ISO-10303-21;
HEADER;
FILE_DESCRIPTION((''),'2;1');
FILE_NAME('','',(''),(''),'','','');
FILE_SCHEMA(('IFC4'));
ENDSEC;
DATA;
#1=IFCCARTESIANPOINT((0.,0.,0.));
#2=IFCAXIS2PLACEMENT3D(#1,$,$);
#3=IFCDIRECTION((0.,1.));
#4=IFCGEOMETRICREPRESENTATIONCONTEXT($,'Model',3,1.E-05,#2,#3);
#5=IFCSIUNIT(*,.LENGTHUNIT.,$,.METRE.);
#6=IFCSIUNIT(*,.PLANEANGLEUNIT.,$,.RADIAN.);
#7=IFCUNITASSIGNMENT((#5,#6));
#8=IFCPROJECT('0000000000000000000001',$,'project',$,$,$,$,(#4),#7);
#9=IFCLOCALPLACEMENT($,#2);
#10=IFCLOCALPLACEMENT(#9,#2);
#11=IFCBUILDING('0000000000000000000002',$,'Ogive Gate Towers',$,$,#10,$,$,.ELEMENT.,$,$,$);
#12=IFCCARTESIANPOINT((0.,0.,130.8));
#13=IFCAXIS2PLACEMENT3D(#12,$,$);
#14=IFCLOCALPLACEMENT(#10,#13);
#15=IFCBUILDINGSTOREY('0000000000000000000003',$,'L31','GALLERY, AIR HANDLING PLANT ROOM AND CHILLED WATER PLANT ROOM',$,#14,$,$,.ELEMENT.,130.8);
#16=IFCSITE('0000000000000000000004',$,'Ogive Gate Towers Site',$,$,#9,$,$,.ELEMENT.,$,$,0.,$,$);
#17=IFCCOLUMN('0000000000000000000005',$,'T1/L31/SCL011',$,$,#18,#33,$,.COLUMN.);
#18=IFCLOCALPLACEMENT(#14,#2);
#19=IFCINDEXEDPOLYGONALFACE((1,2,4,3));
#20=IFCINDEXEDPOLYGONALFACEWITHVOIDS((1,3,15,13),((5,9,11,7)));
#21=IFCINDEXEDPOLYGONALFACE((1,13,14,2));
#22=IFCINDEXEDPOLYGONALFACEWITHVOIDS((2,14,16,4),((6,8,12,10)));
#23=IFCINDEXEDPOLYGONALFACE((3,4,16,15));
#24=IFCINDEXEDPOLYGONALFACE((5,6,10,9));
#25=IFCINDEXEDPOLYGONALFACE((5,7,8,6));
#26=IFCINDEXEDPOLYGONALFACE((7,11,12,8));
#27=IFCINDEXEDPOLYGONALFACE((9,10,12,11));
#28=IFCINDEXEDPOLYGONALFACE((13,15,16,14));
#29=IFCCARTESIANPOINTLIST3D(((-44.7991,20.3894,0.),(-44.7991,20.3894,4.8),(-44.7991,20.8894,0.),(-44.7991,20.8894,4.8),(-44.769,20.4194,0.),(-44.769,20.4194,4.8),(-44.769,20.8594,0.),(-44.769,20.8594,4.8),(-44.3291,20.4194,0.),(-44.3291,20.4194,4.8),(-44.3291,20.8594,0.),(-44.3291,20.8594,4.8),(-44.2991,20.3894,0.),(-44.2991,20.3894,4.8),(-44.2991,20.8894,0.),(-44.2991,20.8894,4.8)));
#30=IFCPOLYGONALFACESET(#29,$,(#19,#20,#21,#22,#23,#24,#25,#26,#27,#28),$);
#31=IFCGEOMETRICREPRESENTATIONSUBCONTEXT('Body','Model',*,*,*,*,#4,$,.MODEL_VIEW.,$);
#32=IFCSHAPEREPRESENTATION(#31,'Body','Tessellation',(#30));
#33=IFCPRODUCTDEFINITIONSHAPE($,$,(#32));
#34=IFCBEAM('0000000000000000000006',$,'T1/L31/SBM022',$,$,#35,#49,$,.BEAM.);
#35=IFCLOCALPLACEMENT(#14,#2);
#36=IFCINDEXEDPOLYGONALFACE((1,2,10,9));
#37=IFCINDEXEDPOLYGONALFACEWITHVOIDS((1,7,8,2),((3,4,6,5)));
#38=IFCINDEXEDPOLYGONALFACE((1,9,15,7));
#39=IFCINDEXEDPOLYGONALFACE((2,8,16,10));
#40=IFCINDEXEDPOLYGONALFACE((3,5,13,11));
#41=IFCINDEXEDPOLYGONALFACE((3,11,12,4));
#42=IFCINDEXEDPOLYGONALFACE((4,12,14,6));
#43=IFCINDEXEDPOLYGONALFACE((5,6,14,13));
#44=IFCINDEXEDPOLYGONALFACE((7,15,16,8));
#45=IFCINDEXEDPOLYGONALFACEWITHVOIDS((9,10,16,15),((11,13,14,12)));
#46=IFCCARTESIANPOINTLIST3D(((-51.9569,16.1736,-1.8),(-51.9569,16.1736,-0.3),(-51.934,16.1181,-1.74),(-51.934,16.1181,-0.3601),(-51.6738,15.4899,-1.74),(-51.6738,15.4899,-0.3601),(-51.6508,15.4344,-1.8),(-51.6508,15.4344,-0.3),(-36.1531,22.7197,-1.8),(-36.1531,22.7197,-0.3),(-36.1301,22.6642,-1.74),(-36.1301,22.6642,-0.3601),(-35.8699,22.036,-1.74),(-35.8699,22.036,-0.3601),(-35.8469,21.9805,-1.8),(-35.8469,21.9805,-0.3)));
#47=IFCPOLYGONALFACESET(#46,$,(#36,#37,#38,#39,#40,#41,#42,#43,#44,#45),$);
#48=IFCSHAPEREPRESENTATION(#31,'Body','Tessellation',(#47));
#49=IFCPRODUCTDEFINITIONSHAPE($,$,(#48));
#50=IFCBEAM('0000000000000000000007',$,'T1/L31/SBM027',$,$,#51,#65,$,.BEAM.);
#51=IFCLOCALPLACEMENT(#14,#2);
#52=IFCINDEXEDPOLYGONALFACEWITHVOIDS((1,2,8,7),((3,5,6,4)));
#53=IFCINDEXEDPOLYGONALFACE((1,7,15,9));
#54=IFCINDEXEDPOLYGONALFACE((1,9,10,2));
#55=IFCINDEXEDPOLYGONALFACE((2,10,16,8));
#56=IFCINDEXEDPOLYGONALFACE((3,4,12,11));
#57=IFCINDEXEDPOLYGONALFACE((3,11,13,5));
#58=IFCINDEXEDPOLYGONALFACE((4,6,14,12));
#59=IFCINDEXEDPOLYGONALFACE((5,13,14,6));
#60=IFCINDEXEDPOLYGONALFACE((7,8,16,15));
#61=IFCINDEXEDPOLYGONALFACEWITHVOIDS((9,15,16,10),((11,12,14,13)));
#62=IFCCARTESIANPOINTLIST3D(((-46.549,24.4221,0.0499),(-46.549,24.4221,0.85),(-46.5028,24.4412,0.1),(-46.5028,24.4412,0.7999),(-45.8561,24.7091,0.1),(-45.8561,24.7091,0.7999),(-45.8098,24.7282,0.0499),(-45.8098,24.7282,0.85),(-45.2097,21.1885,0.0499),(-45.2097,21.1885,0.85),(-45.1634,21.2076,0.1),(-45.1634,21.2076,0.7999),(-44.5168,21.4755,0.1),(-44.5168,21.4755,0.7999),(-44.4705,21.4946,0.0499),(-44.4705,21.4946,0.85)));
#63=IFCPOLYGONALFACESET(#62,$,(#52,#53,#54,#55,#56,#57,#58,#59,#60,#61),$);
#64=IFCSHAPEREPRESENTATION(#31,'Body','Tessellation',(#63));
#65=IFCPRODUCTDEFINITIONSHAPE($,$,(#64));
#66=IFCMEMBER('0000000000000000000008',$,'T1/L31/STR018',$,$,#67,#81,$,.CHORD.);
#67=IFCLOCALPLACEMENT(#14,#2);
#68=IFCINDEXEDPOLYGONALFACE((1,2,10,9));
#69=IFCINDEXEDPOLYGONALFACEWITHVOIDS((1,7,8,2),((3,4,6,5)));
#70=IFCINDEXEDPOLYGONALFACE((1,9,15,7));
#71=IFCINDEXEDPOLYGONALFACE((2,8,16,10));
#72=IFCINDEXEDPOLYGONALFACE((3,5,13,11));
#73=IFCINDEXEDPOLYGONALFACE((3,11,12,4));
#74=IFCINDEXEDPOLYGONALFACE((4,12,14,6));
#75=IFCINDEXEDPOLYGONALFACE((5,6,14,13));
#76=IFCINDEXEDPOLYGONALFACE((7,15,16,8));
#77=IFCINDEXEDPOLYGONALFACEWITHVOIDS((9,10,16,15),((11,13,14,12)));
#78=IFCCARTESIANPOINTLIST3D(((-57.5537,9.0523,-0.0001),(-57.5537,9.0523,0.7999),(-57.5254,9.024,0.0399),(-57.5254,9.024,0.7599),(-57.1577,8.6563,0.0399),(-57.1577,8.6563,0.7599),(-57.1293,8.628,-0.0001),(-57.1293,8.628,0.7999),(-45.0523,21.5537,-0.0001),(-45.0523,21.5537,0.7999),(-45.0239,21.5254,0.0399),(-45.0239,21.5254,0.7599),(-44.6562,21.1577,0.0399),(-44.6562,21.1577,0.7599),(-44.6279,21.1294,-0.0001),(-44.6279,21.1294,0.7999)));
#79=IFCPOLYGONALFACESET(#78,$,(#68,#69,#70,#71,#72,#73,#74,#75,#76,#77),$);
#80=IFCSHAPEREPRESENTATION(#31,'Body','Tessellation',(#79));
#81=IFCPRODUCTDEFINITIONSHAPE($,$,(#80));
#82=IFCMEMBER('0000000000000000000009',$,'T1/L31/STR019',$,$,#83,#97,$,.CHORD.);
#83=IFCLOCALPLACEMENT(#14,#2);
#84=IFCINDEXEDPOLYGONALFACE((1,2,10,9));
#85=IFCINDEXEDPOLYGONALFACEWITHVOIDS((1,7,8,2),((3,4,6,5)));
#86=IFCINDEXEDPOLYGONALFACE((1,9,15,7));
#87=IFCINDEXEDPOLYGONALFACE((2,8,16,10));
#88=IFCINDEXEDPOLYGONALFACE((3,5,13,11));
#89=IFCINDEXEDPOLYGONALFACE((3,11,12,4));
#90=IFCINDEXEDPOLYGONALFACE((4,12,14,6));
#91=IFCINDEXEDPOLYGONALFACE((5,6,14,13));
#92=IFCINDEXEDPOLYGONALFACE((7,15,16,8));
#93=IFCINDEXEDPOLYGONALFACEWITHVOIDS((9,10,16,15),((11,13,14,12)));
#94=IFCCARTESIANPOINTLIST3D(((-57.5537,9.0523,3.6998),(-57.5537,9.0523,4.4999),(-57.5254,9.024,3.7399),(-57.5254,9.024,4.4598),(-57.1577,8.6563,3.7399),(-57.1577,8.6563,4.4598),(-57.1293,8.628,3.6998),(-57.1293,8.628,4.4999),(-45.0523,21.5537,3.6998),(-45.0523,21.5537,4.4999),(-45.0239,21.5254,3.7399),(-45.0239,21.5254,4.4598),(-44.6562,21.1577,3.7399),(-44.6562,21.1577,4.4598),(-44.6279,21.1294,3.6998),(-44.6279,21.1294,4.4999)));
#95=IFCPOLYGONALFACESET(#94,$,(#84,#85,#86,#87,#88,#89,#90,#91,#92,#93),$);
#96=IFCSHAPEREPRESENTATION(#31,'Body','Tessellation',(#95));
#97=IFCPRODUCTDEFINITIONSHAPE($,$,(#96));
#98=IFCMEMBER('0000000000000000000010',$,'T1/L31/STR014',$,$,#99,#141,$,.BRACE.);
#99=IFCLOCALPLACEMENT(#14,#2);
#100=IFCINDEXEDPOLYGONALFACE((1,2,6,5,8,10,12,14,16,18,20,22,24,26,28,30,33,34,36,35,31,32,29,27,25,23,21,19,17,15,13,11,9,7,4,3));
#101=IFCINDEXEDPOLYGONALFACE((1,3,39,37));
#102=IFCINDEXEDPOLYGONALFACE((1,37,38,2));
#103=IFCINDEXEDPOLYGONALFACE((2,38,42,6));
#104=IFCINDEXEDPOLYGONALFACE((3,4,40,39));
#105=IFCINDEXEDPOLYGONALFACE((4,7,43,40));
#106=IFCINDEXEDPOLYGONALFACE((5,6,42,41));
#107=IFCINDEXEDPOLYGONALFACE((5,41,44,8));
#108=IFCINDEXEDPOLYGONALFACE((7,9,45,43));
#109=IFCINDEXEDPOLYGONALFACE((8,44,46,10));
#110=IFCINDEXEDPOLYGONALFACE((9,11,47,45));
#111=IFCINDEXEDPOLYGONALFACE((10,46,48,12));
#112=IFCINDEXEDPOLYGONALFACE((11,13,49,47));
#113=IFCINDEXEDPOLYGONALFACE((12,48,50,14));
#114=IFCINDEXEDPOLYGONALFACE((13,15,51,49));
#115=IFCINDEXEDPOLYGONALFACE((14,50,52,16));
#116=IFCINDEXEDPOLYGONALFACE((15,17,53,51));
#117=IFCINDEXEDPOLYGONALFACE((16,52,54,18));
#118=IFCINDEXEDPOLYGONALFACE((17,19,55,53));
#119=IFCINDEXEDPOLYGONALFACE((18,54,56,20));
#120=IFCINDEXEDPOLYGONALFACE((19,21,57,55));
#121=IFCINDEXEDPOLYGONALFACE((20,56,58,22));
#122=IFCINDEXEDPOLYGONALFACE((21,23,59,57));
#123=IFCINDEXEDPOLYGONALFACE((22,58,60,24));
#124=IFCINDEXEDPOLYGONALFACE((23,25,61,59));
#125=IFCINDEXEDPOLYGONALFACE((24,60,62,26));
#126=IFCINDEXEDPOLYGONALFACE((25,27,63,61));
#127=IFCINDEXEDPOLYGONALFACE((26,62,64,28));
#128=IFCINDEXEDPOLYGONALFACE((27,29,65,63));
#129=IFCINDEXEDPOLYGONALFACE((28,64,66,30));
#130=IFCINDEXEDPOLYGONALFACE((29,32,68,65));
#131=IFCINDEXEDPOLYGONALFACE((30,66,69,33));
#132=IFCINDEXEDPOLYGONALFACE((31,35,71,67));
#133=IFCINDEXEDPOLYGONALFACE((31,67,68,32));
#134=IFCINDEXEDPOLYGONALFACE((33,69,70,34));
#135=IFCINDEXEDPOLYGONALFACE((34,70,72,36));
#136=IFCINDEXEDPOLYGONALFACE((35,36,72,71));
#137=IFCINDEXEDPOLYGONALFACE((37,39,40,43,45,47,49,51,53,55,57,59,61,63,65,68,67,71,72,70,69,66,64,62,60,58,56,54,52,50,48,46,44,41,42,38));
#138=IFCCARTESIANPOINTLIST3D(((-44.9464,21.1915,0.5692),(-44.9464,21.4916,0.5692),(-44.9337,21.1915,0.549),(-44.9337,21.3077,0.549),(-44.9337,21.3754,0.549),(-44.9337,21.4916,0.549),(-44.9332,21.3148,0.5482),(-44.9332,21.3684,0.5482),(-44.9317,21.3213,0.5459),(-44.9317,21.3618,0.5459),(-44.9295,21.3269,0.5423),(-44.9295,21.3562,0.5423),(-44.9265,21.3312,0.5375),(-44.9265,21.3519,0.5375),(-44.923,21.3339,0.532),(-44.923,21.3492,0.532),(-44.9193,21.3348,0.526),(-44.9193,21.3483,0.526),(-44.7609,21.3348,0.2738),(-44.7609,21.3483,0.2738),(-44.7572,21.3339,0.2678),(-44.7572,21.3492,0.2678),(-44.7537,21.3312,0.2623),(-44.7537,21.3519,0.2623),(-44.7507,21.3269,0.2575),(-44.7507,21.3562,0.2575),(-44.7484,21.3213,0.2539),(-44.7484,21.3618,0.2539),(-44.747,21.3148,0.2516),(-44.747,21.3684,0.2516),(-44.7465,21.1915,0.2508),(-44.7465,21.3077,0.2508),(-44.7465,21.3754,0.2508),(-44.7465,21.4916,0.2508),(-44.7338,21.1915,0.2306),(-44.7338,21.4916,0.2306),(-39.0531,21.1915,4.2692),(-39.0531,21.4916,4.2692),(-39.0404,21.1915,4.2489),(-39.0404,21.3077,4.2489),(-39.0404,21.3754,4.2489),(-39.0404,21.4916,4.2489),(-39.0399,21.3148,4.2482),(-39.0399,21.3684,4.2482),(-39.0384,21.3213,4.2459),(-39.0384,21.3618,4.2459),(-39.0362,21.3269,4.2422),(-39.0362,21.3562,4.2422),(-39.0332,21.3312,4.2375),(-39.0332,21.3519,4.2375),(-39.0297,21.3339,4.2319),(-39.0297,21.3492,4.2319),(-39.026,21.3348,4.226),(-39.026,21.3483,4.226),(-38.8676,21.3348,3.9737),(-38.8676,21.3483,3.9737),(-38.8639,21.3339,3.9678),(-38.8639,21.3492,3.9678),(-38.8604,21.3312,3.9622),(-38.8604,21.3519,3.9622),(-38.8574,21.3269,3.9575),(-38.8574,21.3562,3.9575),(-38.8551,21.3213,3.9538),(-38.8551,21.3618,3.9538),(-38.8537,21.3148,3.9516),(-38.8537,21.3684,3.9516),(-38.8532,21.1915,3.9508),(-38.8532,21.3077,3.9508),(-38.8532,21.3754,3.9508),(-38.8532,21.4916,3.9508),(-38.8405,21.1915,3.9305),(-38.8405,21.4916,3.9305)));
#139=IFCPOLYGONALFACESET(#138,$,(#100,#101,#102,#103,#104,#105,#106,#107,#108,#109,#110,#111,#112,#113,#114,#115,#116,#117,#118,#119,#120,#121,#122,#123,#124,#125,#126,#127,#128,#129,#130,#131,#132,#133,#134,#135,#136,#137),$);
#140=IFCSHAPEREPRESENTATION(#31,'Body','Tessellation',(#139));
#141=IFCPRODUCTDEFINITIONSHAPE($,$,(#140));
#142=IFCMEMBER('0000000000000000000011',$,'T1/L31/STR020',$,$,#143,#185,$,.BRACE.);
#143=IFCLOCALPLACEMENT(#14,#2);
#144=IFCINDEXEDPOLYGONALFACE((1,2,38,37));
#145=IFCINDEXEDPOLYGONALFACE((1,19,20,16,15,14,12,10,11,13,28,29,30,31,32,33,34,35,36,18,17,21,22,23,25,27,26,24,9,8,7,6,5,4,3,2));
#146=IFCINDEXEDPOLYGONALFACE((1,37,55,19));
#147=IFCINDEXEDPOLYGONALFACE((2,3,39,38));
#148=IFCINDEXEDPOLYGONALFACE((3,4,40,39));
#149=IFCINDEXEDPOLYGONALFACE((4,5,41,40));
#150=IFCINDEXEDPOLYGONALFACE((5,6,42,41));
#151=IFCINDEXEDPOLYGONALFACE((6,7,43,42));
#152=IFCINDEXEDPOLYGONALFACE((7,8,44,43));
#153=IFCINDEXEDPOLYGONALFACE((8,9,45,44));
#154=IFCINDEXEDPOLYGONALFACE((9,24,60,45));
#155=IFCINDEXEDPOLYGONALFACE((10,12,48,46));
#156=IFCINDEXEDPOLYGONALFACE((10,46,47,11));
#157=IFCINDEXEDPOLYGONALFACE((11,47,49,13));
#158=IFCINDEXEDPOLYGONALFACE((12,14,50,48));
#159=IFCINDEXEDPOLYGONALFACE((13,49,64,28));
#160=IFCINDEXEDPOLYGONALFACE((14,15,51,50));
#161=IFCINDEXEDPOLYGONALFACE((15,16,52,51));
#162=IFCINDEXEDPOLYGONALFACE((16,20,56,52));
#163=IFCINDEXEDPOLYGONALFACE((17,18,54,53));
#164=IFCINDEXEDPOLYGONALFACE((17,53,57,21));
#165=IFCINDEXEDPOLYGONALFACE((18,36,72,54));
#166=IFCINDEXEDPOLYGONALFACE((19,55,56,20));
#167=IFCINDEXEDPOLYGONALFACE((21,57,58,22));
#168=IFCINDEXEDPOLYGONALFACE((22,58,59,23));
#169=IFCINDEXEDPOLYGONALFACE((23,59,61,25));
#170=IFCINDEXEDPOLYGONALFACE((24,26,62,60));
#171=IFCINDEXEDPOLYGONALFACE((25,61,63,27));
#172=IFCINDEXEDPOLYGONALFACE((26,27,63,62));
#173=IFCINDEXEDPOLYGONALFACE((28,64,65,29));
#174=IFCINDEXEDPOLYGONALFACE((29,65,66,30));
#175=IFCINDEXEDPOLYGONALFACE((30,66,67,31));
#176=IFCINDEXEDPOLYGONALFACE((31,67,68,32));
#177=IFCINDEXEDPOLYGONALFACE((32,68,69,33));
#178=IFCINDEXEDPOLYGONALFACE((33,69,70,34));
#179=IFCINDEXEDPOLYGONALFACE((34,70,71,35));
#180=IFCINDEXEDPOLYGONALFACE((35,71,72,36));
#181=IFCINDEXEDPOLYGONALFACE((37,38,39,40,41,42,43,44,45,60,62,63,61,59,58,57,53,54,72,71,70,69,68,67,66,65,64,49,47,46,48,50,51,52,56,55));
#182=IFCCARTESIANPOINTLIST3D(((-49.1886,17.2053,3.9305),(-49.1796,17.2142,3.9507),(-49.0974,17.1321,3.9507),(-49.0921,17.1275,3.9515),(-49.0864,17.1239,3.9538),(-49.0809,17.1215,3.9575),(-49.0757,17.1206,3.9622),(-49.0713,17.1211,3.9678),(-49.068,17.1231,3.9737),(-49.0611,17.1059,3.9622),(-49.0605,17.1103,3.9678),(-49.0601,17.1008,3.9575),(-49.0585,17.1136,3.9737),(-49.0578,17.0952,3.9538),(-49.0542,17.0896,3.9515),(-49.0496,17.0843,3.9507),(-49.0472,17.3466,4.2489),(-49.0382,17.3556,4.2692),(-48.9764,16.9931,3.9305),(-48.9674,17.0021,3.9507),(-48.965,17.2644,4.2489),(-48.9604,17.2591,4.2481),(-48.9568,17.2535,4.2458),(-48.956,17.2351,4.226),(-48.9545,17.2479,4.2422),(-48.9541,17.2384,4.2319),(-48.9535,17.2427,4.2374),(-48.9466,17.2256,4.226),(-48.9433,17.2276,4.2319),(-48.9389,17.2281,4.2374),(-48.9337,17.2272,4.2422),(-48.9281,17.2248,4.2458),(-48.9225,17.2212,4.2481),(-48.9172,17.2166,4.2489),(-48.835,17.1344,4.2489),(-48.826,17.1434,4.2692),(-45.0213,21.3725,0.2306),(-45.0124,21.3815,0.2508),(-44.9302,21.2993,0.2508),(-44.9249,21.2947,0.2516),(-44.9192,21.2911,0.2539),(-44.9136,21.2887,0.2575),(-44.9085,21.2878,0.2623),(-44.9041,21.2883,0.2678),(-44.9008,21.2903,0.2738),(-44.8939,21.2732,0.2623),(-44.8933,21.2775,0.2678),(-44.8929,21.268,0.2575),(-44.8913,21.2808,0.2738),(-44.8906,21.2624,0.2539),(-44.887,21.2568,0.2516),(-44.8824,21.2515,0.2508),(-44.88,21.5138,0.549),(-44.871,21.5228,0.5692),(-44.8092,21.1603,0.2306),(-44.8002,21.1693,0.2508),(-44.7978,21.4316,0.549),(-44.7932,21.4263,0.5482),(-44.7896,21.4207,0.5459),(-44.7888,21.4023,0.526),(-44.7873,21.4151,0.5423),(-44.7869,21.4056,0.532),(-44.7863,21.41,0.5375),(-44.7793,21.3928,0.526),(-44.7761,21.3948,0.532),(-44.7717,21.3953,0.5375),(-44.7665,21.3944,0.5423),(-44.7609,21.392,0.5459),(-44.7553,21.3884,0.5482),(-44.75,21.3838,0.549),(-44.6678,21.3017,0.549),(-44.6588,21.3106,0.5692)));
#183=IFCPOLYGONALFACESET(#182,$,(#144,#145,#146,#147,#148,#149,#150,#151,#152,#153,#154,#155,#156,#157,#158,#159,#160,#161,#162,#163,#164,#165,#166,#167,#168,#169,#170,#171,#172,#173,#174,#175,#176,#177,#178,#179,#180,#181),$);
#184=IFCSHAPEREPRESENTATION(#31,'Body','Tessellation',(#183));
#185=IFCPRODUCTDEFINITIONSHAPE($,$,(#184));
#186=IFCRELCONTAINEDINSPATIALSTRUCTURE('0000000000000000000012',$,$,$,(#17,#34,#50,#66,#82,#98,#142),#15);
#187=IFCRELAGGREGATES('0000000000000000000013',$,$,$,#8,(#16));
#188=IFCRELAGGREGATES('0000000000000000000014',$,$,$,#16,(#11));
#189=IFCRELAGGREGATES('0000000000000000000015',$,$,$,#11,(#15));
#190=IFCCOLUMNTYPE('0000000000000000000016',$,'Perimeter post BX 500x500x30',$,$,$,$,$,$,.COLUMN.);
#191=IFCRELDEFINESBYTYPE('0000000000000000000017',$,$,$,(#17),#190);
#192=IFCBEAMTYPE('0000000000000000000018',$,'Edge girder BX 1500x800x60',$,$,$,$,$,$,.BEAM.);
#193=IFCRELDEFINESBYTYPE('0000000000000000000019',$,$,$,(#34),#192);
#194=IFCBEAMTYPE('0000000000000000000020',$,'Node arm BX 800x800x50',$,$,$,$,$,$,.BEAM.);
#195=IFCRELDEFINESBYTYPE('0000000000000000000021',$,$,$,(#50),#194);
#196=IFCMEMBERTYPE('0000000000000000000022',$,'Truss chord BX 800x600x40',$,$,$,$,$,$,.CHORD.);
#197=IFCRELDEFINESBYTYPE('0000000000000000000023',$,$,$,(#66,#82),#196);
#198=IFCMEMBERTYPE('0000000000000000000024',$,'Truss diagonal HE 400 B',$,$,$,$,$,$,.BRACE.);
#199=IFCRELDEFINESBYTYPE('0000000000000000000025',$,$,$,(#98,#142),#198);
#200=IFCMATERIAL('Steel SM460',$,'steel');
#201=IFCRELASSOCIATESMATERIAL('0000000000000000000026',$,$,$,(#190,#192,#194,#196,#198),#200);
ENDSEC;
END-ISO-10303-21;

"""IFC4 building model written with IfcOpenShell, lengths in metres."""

from ifc_helpers import new_model, si_unit, direction, frame, origin, origin_2d, place, context, subcontext, project, spatial, hollow_rectangle, i_section, extrude, material, material_profile, profile_set, type_object, element, save


model = new_model("IFC4")

# Units and contexts
model_context = context("Model", 3, precision=1e-05, world=origin(), true_north=direction((0.0, 1.0)))
body_context = subcontext(model_context, "Body", "Model", "MODEL_VIEW")
ifc_project = project(units=[si_unit("LENGTHUNIT", "METRE"), si_unit("PLANEANGLEUNIT", "RADIAN")], contexts=[model_context])

# Site, building, storey
site_placement = place(None, origin())
site = spatial("IfcSite", under=ifc_project, at=site_placement, Name="Ogive Gate Towers Site", CompositionType="ELEMENT", RefElevation=0.0)
building_placement = place(site_placement, origin())
building = spatial("IfcBuilding", under=site, at=building_placement, Name="Ogive Gate Towers", CompositionType="ELEMENT")
storey_placement = place(building_placement, frame((0.0, 0.0, 130.8)))
storey = spatial("IfcBuildingStorey", under=building, at=storey_placement, Name="L31", Description="GALLERY, AIR HANDLING PLANT ROOM AND CHILLED WATER PLANT ROOM", CompositionType="ELEMENT", Elevation=130.8)

# Column
ifc_material_1 = material(Name="Steel SM460", Category="steel")
ifc_material_profile_1 = material_profile(ifc_material_1, hollow_rectangle(XDim=0.5, YDim=0.5, WallThickness=0.03, at=origin_2d()), Name="BX 500x500x30")
ifc_profile_set_1 = profile_set([ifc_material_profile_1], Name="Steel SM460")
column_type = type_object("IfcColumnType", Name="Perimeter post BX 500x500x30", PredefinedType="COLUMN", material=ifc_profile_set_1)
column_placement = place(storey_placement, frame((-44.5491, 20.6394, 0.0), z_axis=(0.0, 0.0, 1.0), x_axis=(1.0, 0.0, 0.0)))
element("IfcColumn", 1, at=column_placement, inside=storey, type_object=column_type, Name="T1/L31/SCL011", PredefinedType="COLUMN", context=body_context, shape_type="SweptSolid", body=[
    extrude(hollow_rectangle(XDim=0.5, YDim=0.5, WallThickness=0.03, at=origin_2d()), origin(), (0.0, 0.0, 1.0), 4.8),
])

# Beams
ifc_material_profile_2 = material_profile(ifc_material_1, hollow_rectangle(XDim=0.8, YDim=1.5, WallThickness=0.0601, at=origin_2d()), Name="BX 1500x800x60")
ifc_profile_set_2 = profile_set([ifc_material_profile_2], Name="Steel SM460")
beam_type_1 = type_object("IfcBeamType", Name="Edge girder BX 1500x800x60", PredefinedType="BEAM", material=ifc_profile_set_2)
beam_1_placement = place(storey_placement, frame((-36.0, 22.3501, -1.05), z_axis=(-0.923881, -0.38268, 0.0), x_axis=(0.38268, -0.923881, 0.0)))
element("IfcBeam", 2, at=beam_1_placement, inside=storey, type_object=beam_type_1, Name="T1/L31/SBM022", PredefinedType="BEAM", context=body_context, shape_type="SweptSolid", body=[
    extrude(hollow_rectangle(XDim=0.8, YDim=1.5, WallThickness=0.0601, at=origin_2d()), origin(), (0.0, 0.0, 1.0), 17.106),
])
ifc_material_profile_3 = material_profile(ifc_material_1, hollow_rectangle(XDim=0.8, YDim=0.8, WallThickness=0.05, at=origin_2d()), Name="BX 800x800x50")
ifc_profile_set_3 = profile_set([ifc_material_profile_3], Name="Steel SM460")
beam_type_2 = type_object("IfcBeamType", Name="Node arm BX 800x800x50", PredefinedType="BEAM", material=ifc_profile_set_3)
beam_2_placement = place(storey_placement, frame((-44.8401, 21.3416, 0.45), z_axis=(-0.382668, 0.923886, 0.0), x_axis=(-0.923886, -0.382668, 0.0)))
element("IfcBeam", 3, at=beam_2_placement, inside=storey, type_object=beam_type_2, Name="T1/L31/SBM027", PredefinedType="BEAM", context=body_context, shape_type="SweptSolid", body=[
    extrude(hollow_rectangle(XDim=0.8, YDim=0.8, WallThickness=0.05, at=origin_2d()), origin(), (0.0, 0.0, 1.0), 3.5),
])

# Members
ifc_material_profile_4 = material_profile(ifc_material_1, hollow_rectangle(XDim=0.6001, YDim=0.8, WallThickness=0.04, at=origin_2d()), Name="BX 800x600x40")
ifc_profile_set_4 = profile_set([ifc_material_profile_4], Name="Steel SM460")
member_type_1 = type_object("IfcMemberType", Name="Truss chord BX 800x600x40", PredefinedType="CHORD", material=ifc_profile_set_4)
for number, where, z_axis, x_axis, name in (
    (4, (-44.8401, 21.3416, 0.3999), (-0.707107, -0.707107, 0.0), (0.707107, -0.707107, 0.0), "T1/L31/STR018"),
    (5, (-44.8401, 21.3416, 4.0999), (-0.707107, -0.707107, 0.0), (0.707107, -0.707107, 0.0), "T1/L31/STR019"),
):
    element("IfcMember", number, at=place(storey_placement, frame(where, z_axis=z_axis, x_axis=x_axis)), inside=storey, type_object=member_type_1, Name=name, PredefinedType="CHORD", context=body_context, shape_type="SweptSolid", body=[
        extrude(hollow_rectangle(XDim=0.6001, YDim=0.8, WallThickness=0.04, at=origin_2d()), origin(), (0.0, 0.0, 1.0), 17.6797),
    ])
ifc_material_profile_5 = material_profile(ifc_material_1, i_section(OverallWidth=0.3, OverallDepth=0.3999, WebThickness=0.0134, FlangeThickness=0.0239, FilletRadius=0.0271, at=origin_2d()), Name="HE 400 B")
ifc_profile_set_5 = profile_set([ifc_material_profile_5], Name="Steel SM460")
member_type_2 = type_object("IfcMemberType", Name="Truss diagonal HE 400 B", PredefinedType="BRACE", material=ifc_profile_set_5)
for number, where, z_axis, x_axis, name in (
    (6, (-38.9468, 21.3416, 4.0999), (-0.846922, 0.0, -0.531717), (0.0, -1.0, 0.0), "T1/L31/STR014"),
    (7, (-44.8401, 21.3416, 0.3999), (-0.598866, -0.598866, 0.531713), (0.707107, -0.707107, 0.0), "T1/L31/STR020"),
):
    element("IfcMember", number, at=place(storey_placement, frame(where, z_axis=z_axis, x_axis=x_axis)), inside=storey, type_object=member_type_2, Name=name, PredefinedType="BRACE", context=body_context, shape_type="SweptSolid", body=[
        extrude(i_section(OverallWidth=0.3, OverallDepth=0.3999, WebThickness=0.0134, FlangeThickness=0.0239, FilletRadius=0.0271, at=origin_2d()), origin(), (0.0, 0.0, 1.0), 6.9585),
    ])

save(model, "model.ifc")
